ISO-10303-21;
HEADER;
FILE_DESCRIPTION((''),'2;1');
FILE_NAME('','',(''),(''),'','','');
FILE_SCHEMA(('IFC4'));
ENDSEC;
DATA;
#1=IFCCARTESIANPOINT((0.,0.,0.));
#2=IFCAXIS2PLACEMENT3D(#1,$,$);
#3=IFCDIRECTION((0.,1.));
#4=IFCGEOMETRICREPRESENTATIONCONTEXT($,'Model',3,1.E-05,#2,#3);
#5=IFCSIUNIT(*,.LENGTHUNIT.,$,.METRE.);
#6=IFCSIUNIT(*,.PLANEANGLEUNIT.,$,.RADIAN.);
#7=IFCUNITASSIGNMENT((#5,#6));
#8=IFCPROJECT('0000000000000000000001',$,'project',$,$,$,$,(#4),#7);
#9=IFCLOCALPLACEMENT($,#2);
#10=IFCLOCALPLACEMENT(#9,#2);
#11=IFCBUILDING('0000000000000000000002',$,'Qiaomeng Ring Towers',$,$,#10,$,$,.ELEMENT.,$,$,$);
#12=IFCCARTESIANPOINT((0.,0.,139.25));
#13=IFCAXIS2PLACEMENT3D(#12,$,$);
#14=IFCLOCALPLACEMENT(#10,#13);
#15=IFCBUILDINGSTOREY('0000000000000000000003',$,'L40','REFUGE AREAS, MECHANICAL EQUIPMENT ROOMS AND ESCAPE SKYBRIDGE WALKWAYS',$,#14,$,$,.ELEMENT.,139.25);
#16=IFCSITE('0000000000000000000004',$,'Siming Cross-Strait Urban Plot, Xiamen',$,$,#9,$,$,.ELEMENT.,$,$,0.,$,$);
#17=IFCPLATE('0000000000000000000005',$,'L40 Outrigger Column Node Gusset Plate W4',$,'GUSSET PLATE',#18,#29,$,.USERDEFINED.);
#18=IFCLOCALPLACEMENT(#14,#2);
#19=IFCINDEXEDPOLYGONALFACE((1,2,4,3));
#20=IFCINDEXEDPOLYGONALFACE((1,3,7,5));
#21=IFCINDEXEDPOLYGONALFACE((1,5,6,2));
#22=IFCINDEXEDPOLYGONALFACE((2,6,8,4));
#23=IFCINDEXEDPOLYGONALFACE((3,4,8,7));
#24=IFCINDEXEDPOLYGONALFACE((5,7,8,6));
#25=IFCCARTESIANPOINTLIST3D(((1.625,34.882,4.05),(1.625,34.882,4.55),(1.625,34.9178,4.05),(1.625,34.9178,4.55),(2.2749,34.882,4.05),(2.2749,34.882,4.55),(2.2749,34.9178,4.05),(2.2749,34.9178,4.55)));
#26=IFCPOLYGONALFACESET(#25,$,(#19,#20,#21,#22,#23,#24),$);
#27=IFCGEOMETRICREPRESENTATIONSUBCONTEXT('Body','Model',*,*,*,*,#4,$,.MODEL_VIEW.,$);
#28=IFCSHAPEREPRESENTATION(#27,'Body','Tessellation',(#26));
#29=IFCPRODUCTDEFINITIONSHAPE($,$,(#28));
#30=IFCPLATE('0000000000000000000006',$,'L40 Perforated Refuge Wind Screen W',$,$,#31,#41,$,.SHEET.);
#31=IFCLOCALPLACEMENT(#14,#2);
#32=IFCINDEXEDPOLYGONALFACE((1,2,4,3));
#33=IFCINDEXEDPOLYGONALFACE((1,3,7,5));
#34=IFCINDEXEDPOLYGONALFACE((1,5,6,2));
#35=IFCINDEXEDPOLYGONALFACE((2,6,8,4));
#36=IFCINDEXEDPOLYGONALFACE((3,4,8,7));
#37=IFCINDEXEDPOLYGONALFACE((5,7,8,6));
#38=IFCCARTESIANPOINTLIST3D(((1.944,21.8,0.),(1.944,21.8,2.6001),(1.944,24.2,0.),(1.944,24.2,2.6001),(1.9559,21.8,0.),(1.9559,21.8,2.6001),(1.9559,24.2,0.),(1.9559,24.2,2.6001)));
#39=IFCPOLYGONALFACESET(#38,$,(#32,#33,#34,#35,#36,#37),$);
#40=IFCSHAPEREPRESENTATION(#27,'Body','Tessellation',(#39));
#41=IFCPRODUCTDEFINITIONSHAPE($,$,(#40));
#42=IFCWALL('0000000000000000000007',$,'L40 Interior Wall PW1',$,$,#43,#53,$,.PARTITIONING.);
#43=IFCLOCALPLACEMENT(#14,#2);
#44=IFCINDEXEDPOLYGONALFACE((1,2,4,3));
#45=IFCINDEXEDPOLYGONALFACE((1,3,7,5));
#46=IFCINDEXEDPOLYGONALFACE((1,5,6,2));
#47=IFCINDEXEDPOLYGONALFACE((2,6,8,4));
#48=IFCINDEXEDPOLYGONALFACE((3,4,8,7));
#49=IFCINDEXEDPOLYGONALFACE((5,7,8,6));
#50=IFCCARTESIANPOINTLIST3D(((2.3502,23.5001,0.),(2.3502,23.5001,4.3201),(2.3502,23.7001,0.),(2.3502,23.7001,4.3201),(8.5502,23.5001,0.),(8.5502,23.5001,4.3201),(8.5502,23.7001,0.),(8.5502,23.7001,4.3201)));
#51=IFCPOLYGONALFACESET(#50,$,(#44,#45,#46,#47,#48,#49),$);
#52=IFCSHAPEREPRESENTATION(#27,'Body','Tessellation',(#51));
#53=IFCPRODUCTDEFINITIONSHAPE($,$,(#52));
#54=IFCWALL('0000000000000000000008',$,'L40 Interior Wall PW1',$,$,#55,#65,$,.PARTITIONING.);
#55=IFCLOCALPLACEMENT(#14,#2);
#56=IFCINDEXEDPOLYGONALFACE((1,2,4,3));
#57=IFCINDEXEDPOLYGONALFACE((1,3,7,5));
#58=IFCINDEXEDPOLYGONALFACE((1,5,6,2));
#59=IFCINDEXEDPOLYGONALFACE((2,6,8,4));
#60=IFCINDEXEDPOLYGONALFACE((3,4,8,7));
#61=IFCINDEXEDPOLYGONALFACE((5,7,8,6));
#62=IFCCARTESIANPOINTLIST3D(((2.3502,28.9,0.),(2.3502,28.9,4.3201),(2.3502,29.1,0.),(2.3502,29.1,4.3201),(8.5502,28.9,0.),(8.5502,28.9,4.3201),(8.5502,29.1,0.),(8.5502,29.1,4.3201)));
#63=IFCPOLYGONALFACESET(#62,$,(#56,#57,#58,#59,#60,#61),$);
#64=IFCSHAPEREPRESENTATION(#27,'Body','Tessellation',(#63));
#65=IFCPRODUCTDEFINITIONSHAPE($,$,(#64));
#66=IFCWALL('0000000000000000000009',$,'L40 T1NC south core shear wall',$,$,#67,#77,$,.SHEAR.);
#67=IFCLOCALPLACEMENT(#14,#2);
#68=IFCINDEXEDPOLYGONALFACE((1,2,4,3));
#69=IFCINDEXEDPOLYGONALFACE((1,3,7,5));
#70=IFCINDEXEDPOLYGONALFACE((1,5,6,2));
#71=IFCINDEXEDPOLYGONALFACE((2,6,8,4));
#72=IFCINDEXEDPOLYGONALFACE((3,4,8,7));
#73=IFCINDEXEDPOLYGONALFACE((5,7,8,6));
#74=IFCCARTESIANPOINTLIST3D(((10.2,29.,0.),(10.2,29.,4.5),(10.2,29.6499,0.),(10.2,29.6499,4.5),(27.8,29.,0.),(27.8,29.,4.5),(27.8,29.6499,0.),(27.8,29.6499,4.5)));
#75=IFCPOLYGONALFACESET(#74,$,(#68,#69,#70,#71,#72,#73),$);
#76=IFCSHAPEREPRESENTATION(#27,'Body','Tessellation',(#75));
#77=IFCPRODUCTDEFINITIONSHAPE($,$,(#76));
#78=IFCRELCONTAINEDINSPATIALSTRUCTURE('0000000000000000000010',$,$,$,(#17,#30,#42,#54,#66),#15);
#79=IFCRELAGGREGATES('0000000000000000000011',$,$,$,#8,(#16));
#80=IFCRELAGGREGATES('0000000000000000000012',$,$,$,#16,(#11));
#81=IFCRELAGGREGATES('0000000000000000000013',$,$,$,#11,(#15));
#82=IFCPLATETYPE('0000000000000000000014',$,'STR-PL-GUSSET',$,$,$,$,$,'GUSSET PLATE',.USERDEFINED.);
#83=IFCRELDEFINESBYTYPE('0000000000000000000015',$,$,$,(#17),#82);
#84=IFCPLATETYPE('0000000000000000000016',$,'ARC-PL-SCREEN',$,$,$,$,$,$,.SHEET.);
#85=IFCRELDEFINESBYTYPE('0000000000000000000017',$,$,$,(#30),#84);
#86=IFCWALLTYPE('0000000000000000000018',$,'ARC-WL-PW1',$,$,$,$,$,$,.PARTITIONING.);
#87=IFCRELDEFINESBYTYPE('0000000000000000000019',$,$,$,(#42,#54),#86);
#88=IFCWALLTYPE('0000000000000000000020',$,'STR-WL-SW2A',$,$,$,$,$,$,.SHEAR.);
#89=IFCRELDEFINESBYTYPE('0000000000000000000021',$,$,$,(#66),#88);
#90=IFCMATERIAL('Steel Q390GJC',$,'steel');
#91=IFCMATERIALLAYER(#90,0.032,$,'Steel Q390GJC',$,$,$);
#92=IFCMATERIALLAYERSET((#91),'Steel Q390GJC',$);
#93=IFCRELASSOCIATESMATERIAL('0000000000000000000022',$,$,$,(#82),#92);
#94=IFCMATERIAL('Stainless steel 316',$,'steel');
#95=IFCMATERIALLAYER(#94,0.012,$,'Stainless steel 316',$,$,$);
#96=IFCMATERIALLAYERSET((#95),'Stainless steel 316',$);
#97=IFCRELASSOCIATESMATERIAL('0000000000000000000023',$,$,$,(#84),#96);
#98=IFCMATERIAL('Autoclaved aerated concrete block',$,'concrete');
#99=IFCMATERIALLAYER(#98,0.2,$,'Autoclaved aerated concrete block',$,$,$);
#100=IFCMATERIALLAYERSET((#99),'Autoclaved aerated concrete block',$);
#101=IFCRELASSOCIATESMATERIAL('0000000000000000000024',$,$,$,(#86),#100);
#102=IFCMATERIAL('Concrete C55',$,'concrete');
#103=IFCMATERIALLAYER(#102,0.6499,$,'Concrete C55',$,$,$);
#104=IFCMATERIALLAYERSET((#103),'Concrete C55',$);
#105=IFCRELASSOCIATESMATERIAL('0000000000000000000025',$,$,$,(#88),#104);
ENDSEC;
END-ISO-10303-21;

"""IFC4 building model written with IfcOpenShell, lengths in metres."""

from ifc_helpers import new_model, si_unit, direction, frame, frame_2d, origin, origin_2d, place, context, subcontext, project, spatial, rectangle, extrude, source, transform, mapped, material, layer, layer_set, type_object, element, save


model = new_model("IFC4")

# Units and contexts
model_context = context("Model", 3, precision=1e-05, world=origin(), true_north=direction((0.0, 1.0)))
body_context = subcontext(model_context, "Body", "Model", "MODEL_VIEW")
ifc_project = project(units=[si_unit("LENGTHUNIT", "METRE"), si_unit("PLANEANGLEUNIT", "RADIAN")], contexts=[model_context])

# Site, building, storey
site_placement = place(None, origin())
site = spatial("IfcSite", under=ifc_project, at=site_placement, Name="Siming Cross-Strait Urban Plot, Xiamen", CompositionType="ELEMENT", RefElevation=0.0)
building_placement = place(site_placement, origin())
building = spatial("IfcBuilding", under=site, at=building_placement, Name="Qiaomeng Ring Towers", CompositionType="ELEMENT")
storey_placement = place(building_placement, frame((0.0, 0.0, 139.25)))
storey = spatial("IfcBuildingStorey", under=building, at=storey_placement, Name="L40", Description="REFUGE AREAS, MECHANICAL EQUIPMENT ROOMS AND ESCAPE SKYBRIDGE WALKWAYS", CompositionType="ELEMENT", Elevation=139.25)

# Shared definitions
ifc_material_1 = material(Name="Concrete C55", Category="concrete")

# Shared definitions
ifc_material_2 = material(Name="Steel Q390GJC", Category="steel")

# Plates
ifc_layer_1 = layer(ifc_material_2, 0.032, Name="Steel Q390GJC")
ifc_layer_set_1 = layer_set([ifc_layer_1], Name="Steel Q390GJC")
plate_type_1 = type_object("IfcPlateType", Name="STR-PL-GUSSET", ElementType="GUSSET PLATE", PredefinedType="USERDEFINED", material=ifc_layer_set_1)
shared_shape_1 = source(origin(), body_context, "Body", "SweptSolid", [
    extrude(rectangle(XDim=0.6499, YDim=0.0359, at=origin_2d()), origin(), (0.0, 0.0, 1.0), 0.5),
])
plate_1_placement = place(storey_placement, frame((1.95, 34.8999, 4.05), z_axis=(0.0, 0.0, 1.0), x_axis=(1.0, 0.0, 0.0)))
element("IfcPlate", 1, at=plate_1_placement, inside=storey, type_object=plate_type_1, Name="L40 Outrigger Column Node Gusset Plate W4", ObjectType="GUSSET PLATE", PredefinedType="USERDEFINED", context=body_context, shape_type="MappedRepresentation", body=[
    mapped(shared_shape_1, transform((0.0, 0.0, 0.0), x_axis=(1.0, 0.0, 0.0), y_axis=(0.0, 1.0, 0.0), z_axis=(0.0, 0.0, 1.0), scale=1.0)),
])
ifc_material_3 = material(Name="Stainless steel 316", Category="steel")
ifc_layer_2 = layer(ifc_material_3, 0.012, Name="Stainless steel 316")
ifc_layer_set_2 = layer_set([ifc_layer_2], Name="Stainless steel 316")
plate_type_2 = type_object("IfcPlateType", Name="ARC-PL-SCREEN", PredefinedType="SHEET", material=ifc_layer_set_2)
shared_shape_2 = source(origin(), body_context, "Body", "SweptSolid", [
    extrude(rectangle(XDim=2.3999, YDim=0.012, at=origin_2d()), origin(), (0.0, 0.0, 1.0), 2.6001),
])
plate_2_placement = place(storey_placement, frame((1.95, 23.0, 0.0), z_axis=(0.0, 0.0, 1.0), x_axis=(0.0, -1.0, 0.0)))
element("IfcPlate", 2, at=plate_2_placement, inside=storey, type_object=plate_type_2, Name="L40 Perforated Refuge Wind Screen W", PredefinedType="SHEET", context=body_context, shape_type="MappedRepresentation", body=[
    mapped(shared_shape_2, transform((0.0, 0.0, 0.0), x_axis=(1.0, 0.0, 0.0), y_axis=(0.0, 1.0, 0.0), z_axis=(0.0, 0.0, 1.0), scale=1.0)),
])

# Walls
ifc_material_4 = material(Name="Autoclaved aerated concrete block", Category="concrete")
ifc_layer_3 = layer(ifc_material_4, 0.2, Name="Autoclaved aerated concrete block")
ifc_layer_set_3 = layer_set([ifc_layer_3], Name="Autoclaved aerated concrete block")
wall_type_1 = type_object("IfcWallType", Name="ARC-WL-PW1", PredefinedType="PARTITIONING", material=ifc_layer_set_3)
for number, where, z_axis, x_axis, name in (
    (3, (2.3501, 23.6001, 0.0), (0.0, 0.0, 1.0), (1.0, 0.0, 0.0), "L40 Interior Wall PW1"),
    (4, (2.3501, 29.0, 0.0), (0.0, 0.0, 1.0), (1.0, 0.0, 0.0), "L40 Interior Wall PW1"),
):
    element("IfcWall", number, at=place(storey_placement, frame(where, z_axis=z_axis, x_axis=x_axis)), inside=storey, type_object=wall_type_1, Name=name, PredefinedType="PARTITIONING", context=body_context, shape_type="SweptSolid", body=[
        extrude(rectangle(XDim=6.2, YDim=0.2, at=frame_2d((3.1001, 0.0))), origin(), (0.0, 0.0, 1.0), 4.3201),
    ])
ifc_layer_4 = layer(ifc_material_1, 0.6499, Name="Concrete C55")
ifc_layer_set_4 = layer_set([ifc_layer_4], Name="Concrete C55")
wall_type_2 = type_object("IfcWallType", Name="STR-WL-SW2A", PredefinedType="SHEAR", material=ifc_layer_set_4)
wall_placement = place(storey_placement, frame((10.2, 29.325, 0.0), z_axis=(0.0, 0.0, 1.0), x_axis=(1.0, 0.0, 0.0)))
element("IfcWall", 5, at=wall_placement, inside=storey, type_object=wall_type_2, Name="L40 T1NC south core shear wall", PredefinedType="SHEAR", context=body_context, shape_type="SweptSolid", body=[
    extrude(rectangle(XDim=17.6001, YDim=0.6499, at=frame_2d((8.8, 0.0))), origin(), (0.0, 0.0, 1.0), 4.5),
])

save(model, "model.ifc")
